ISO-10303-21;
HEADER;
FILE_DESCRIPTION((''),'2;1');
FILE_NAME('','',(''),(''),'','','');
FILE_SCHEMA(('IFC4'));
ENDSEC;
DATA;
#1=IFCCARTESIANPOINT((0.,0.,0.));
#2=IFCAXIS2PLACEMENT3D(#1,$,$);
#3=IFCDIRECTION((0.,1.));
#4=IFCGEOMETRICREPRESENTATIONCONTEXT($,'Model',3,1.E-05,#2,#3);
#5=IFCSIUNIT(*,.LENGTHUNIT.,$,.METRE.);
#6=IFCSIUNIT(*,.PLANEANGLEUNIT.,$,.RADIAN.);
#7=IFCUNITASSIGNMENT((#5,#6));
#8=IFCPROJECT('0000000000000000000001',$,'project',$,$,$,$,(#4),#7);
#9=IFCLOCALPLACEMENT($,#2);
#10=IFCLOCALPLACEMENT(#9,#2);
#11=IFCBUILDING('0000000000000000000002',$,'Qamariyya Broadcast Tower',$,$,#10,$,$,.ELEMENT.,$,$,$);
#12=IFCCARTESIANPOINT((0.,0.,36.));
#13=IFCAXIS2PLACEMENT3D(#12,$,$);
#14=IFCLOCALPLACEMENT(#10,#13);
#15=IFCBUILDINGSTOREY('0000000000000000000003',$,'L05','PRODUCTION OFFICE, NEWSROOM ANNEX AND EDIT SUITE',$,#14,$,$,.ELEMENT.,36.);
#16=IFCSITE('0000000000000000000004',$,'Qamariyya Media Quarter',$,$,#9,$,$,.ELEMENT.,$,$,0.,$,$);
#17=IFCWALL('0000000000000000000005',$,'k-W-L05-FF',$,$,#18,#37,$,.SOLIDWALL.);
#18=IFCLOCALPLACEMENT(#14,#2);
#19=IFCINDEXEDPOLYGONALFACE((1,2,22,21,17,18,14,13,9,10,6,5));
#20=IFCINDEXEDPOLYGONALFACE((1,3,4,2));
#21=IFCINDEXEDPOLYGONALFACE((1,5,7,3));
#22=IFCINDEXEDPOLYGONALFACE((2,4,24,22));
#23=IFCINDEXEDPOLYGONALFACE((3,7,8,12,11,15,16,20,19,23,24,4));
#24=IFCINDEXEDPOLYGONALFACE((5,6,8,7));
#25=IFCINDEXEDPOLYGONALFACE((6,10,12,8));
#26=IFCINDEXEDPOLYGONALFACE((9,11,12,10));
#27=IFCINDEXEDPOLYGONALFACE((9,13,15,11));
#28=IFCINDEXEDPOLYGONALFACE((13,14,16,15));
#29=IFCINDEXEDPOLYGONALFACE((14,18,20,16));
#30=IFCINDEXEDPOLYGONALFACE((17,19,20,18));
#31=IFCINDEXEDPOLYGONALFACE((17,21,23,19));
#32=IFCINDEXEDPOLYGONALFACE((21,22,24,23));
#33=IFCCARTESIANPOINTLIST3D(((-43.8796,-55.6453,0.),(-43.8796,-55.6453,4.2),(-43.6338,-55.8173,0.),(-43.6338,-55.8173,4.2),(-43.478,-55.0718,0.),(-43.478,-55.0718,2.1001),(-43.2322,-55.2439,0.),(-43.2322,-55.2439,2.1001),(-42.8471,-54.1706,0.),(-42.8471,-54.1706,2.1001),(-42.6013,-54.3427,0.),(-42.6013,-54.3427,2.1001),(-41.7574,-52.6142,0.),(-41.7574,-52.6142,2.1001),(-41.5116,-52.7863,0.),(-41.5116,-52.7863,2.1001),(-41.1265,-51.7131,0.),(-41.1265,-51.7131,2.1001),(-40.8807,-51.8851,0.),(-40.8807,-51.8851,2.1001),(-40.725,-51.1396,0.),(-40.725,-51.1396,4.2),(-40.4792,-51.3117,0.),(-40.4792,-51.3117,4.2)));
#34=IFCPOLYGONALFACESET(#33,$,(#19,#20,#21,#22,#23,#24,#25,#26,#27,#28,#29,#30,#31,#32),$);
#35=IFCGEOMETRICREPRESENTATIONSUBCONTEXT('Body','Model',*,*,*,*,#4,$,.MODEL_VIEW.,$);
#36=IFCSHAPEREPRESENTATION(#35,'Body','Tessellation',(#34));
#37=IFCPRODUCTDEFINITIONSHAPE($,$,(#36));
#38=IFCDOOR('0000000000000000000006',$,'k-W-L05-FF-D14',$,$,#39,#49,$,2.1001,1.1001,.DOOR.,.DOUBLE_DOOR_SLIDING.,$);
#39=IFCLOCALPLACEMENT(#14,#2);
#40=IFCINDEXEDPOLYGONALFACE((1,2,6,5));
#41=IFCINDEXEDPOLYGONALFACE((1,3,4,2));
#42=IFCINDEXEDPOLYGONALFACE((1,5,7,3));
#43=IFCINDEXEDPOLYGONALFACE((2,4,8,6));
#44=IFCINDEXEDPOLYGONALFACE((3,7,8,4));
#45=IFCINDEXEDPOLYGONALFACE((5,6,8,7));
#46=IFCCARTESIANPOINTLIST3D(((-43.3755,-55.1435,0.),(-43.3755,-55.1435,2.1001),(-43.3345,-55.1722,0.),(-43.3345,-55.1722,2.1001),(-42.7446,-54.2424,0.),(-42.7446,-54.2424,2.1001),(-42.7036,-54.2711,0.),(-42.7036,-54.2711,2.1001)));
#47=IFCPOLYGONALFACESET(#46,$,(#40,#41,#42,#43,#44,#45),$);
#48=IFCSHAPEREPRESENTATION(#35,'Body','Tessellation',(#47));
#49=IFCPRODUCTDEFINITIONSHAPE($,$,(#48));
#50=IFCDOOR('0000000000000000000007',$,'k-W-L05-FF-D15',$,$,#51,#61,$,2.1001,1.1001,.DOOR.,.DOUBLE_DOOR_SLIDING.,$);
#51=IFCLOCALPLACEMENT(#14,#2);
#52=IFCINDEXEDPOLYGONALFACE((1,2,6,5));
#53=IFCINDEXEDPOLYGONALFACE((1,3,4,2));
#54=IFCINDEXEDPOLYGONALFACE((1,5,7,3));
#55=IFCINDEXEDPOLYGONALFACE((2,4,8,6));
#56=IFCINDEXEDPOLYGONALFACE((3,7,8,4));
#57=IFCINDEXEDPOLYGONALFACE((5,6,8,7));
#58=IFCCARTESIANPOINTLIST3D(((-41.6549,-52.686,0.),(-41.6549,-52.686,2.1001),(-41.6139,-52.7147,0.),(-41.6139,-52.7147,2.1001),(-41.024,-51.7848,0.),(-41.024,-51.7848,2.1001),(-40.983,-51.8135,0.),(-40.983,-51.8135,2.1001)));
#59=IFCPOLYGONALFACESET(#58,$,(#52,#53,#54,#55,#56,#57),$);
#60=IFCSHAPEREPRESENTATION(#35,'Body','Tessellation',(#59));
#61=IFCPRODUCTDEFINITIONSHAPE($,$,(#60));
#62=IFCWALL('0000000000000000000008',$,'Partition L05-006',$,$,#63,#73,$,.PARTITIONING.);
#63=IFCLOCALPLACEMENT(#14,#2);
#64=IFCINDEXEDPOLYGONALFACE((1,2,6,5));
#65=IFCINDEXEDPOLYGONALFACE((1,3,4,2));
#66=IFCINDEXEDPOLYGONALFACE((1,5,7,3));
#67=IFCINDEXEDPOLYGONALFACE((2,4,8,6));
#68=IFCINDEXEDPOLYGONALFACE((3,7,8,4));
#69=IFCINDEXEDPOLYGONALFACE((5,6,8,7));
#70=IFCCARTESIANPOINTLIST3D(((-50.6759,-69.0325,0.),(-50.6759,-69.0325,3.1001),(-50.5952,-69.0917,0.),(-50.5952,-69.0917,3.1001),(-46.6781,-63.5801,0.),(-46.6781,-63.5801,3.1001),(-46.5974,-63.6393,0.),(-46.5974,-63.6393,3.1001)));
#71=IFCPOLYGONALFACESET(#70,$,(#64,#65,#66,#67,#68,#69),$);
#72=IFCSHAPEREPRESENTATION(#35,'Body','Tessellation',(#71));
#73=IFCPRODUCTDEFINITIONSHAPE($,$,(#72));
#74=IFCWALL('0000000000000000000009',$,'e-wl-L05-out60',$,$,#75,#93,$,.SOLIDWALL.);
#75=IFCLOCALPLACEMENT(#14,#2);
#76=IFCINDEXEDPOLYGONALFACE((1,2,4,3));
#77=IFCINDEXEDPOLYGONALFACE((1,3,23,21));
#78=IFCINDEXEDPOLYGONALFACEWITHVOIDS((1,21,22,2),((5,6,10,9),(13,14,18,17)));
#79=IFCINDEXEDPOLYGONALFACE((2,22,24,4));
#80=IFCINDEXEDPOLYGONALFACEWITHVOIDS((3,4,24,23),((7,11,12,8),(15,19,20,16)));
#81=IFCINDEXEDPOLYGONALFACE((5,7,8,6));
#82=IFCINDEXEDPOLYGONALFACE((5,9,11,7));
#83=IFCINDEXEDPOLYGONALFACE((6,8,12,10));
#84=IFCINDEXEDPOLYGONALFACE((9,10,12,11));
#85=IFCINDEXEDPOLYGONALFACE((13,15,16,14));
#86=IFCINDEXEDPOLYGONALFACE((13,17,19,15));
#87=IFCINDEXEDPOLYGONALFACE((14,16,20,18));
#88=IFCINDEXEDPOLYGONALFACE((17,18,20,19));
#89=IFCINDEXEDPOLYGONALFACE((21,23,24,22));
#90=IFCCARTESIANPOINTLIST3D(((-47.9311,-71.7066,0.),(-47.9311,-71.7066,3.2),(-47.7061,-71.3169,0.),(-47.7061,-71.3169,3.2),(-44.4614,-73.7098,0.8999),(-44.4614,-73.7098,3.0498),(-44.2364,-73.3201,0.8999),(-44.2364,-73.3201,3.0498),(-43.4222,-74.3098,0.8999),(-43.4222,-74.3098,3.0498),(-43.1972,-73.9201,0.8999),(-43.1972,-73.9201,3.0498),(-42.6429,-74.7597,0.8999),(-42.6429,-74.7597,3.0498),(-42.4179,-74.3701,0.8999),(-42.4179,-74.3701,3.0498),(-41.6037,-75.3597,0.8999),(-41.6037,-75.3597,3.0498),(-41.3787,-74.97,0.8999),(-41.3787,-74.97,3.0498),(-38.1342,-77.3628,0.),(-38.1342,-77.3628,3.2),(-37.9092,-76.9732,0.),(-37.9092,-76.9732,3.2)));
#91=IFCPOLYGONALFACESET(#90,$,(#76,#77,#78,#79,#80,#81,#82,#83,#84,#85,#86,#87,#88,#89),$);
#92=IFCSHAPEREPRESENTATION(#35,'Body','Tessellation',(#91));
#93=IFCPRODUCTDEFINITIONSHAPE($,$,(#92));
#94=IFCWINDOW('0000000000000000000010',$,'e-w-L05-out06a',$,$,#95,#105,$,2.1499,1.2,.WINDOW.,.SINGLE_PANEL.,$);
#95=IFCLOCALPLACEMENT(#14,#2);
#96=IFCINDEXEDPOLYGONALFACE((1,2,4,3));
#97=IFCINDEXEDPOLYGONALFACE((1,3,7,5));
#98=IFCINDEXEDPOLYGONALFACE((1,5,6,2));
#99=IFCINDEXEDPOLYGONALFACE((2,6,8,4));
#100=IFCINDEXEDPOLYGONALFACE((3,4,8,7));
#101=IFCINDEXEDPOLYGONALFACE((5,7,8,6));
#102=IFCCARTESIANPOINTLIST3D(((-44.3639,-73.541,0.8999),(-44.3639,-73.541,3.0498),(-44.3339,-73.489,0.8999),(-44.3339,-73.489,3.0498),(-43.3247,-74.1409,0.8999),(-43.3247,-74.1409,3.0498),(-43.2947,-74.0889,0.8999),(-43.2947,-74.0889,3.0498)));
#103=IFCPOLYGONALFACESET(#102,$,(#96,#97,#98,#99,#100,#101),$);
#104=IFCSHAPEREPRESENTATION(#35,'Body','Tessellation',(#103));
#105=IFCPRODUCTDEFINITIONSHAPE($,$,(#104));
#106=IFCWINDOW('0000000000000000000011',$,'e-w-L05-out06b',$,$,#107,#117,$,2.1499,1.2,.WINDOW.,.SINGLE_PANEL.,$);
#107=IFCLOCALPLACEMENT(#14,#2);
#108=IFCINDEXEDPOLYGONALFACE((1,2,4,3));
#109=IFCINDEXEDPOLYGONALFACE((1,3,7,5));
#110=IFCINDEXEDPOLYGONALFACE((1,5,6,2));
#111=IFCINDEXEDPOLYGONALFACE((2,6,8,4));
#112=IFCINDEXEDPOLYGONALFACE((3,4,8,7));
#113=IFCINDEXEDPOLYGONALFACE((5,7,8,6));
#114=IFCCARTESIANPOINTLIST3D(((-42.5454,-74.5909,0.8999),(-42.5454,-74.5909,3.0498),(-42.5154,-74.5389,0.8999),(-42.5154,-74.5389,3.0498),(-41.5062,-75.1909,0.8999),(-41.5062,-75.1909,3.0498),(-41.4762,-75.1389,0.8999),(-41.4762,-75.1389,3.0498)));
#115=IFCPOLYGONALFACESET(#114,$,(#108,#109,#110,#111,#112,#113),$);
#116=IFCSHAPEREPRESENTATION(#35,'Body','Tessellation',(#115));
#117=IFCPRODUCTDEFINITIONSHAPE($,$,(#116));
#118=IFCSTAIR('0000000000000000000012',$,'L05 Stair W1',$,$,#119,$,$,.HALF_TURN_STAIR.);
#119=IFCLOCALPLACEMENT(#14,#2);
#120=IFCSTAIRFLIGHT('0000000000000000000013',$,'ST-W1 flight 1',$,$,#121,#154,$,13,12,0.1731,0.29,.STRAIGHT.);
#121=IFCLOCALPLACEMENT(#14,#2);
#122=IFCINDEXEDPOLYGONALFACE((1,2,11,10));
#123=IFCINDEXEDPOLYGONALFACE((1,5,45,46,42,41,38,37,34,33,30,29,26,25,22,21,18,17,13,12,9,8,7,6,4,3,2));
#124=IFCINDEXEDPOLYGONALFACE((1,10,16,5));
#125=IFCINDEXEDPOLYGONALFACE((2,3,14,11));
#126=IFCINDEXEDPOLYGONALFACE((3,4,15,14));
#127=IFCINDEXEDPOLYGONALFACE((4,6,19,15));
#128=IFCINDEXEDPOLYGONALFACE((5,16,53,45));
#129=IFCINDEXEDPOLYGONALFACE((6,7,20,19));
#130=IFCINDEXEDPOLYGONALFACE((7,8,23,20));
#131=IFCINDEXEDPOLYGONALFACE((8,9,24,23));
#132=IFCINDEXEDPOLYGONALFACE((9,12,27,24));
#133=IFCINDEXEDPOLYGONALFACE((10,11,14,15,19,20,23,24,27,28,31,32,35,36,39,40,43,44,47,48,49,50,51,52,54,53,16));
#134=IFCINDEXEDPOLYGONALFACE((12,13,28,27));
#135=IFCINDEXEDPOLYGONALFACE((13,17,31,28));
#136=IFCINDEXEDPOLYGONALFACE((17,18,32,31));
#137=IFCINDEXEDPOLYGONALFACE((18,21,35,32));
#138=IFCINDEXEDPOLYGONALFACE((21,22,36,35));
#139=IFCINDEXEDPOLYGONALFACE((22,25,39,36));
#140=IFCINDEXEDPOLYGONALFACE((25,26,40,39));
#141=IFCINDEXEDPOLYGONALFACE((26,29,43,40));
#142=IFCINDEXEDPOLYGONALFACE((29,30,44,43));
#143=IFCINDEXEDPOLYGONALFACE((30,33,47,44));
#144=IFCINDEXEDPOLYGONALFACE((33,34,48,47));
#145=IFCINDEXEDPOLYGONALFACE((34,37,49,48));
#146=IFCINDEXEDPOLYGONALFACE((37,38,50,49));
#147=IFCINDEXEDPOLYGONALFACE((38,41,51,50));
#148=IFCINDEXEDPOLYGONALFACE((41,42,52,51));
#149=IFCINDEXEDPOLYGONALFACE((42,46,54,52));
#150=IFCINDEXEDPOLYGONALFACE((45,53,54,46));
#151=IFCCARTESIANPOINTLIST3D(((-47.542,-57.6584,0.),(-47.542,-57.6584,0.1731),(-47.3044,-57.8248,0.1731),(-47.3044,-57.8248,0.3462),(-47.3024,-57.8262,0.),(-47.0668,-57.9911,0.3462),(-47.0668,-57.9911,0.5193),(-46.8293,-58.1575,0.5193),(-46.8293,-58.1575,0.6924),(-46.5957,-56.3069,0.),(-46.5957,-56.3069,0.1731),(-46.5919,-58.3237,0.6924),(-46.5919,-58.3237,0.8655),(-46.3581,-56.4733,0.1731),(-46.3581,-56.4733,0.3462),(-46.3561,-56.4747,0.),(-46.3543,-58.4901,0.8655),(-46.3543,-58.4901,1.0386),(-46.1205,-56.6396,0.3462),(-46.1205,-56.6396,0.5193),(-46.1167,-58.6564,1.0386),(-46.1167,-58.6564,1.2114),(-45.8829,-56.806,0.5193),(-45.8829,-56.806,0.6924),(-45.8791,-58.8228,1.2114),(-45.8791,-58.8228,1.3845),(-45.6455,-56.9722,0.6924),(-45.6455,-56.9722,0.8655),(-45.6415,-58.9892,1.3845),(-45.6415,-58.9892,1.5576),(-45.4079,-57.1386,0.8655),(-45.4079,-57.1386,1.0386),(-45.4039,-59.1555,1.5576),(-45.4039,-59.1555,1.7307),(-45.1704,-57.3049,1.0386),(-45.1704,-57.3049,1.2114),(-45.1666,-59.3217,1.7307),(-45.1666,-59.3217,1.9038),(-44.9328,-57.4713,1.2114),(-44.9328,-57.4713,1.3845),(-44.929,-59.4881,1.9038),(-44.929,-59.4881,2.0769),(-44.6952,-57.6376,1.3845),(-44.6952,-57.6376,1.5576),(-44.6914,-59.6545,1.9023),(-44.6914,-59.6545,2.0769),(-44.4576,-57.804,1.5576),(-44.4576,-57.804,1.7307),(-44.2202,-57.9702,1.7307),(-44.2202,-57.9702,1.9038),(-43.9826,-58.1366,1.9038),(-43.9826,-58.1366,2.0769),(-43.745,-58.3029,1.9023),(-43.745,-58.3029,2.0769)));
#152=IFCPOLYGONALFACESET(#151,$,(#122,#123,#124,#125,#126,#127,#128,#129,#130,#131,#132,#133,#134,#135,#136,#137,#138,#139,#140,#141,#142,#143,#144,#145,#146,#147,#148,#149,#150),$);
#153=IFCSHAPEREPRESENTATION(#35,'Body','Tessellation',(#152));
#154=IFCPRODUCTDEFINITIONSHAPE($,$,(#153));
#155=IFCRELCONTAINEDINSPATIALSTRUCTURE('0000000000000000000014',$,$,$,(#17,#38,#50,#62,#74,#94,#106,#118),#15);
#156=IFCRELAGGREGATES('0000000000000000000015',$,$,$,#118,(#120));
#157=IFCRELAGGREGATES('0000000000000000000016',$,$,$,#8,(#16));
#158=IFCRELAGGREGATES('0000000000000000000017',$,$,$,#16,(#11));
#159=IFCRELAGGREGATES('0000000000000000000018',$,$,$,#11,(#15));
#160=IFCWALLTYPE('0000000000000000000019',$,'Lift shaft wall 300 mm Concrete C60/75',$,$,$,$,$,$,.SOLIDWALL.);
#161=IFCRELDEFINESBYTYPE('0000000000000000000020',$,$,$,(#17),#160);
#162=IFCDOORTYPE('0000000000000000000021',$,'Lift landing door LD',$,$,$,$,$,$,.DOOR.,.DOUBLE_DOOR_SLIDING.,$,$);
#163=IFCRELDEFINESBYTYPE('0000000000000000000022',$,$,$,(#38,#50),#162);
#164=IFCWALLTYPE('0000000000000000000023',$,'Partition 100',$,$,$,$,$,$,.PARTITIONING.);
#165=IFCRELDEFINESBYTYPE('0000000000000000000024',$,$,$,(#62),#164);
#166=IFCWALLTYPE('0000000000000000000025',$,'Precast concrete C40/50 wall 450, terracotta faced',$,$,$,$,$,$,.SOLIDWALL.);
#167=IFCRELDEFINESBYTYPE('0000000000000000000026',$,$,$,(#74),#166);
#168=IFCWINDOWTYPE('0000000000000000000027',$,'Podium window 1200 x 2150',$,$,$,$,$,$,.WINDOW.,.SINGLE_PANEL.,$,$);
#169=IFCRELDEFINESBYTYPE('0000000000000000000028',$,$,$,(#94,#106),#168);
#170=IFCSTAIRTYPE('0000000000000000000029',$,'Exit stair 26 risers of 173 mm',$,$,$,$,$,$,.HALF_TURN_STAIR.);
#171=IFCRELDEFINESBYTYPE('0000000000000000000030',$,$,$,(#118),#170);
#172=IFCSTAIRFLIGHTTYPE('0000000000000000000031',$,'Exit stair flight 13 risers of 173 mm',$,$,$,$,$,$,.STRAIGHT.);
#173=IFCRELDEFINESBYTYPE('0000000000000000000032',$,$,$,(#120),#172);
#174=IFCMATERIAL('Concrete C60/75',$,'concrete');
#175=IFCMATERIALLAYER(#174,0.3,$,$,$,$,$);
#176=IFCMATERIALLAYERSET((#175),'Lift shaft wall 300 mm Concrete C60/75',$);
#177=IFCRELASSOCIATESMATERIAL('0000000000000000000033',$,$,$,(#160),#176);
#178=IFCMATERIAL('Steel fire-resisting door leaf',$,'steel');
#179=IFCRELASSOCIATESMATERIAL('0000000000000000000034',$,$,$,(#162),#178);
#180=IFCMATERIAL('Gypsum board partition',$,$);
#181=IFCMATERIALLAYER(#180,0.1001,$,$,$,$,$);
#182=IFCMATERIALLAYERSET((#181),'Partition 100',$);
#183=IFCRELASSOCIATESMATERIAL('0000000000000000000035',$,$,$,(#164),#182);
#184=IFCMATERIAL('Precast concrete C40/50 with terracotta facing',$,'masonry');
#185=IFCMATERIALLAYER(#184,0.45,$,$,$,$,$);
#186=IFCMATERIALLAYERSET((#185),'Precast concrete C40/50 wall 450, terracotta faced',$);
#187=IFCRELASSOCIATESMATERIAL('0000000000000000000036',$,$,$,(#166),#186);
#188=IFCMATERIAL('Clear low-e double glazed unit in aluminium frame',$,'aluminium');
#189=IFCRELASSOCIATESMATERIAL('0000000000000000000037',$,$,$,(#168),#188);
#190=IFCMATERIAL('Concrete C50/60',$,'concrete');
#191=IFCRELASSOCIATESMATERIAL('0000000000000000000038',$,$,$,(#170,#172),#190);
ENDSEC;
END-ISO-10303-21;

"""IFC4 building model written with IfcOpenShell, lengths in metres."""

from ifc_helpers import new_model, si_unit, direction, frame, frame_2d, origin, place, context, subcontext, project, spatial, polyline, rectangle, outline, extrude, material, layer, layer_set, type_object, element, fill, aggregate, save


model = new_model("IFC4")

# Units and contexts
model_context = context("Model", 3, precision=1e-05, world=origin(), true_north=direction((0.0, 1.0)))
body_context = subcontext(model_context, "Body", "Model", "MODEL_VIEW")
ifc_project = project(units=[si_unit("LENGTHUNIT", "METRE"), si_unit("PLANEANGLEUNIT", "RADIAN")], contexts=[model_context])

# Site, building, storey
site_placement = place(None, origin())
site = spatial("IfcSite", under=ifc_project, at=site_placement, Name="Qamariyya Media Quarter", CompositionType="ELEMENT", RefElevation=0.0)
building_placement = place(site_placement, origin())
building = spatial("IfcBuilding", under=site, at=building_placement, Name="Qamariyya Broadcast Tower", CompositionType="ELEMENT")
storey_placement = place(building_placement, frame((0.0, 0.0, 36.0)))
storey = spatial("IfcBuildingStorey", under=building, at=storey_placement, Name="L05", Description="PRODUCTION OFFICE, NEWSROOM ANNEX AND EDIT SUITE", CompositionType="ELEMENT", Elevation=36.0)

# Shared definitions
ifc_material_1 = material(Name="Concrete C50/60", Category="concrete")

# Shared definitions
ifc_material_2 = material(Name="Steel fire-resisting door leaf", Category="steel")
ifc_material_3 = material(Name="Gypsum board partition")

# Wall, openings, doors
ifc_material_4 = material(Name="Concrete C60/75", Category="concrete")
ifc_layer_1 = layer(ifc_material_4, 0.3)
ifc_layer_set_1 = layer_set([ifc_layer_1], Name="Lift shaft wall 300 mm Concrete C60/75")
wall_type_1 = type_object("IfcWallType", Name="Lift shaft wall 300 mm Concrete C60/75", PredefinedType="SOLIDWALL", material=ifc_layer_set_1)
wall_1_placement = place(storey_placement, frame((-43.7566, -55.7312, 0.0), z_axis=(0.0, 0.0, 1.0), x_axis=(0.573537, 0.81918, 0.0)))
wall_1 = element("IfcWall", 1, at=wall_1_placement, inside=storey, type_object=wall_type_1, Name="k-W-L05-FF", PredefinedType="SOLIDWALL", context=body_context, shape_type="SweptSolid", body=[
    extrude(rectangle(XDim=5.5002, YDim=0.3, at=frame_2d((2.75, 0.0))), origin(), (0.0, 0.0, 1.0), 4.2),
])
opening_1_placement = place(wall_1_placement, frame((0.7, 0.0, 0.0)))
opening_1 = element("IfcOpeningElement", 2, at=opening_1_placement, cuts=wall_1, PredefinedType="OPENING", context=body_context, shape_type="SweptSolid", body=[
    extrude(rectangle(XDim=1.1001, YDim=2.1001, at=frame_2d((0.55, 1.05))), frame((0.0, 0.1599, 0.0), z_axis=(0.0, -1.0, 0.0), x_axis=(1.0, 0.0, 0.0)), (0.0, 0.0, 1.0), 0.3201),
])
opening_2_placement = place(wall_1_placement, frame((3.7, 0.0, 0.0)))
opening_2 = element("IfcOpeningElement", 3, at=opening_2_placement, cuts=wall_1, PredefinedType="OPENING", context=body_context, shape_type="SweptSolid", body=[
    extrude(rectangle(XDim=1.1001, YDim=2.1001, at=frame_2d((0.55, 1.05))), frame((0.0, 0.1599, 0.0), z_axis=(0.0, -1.0, 0.0), x_axis=(1.0, 0.0, 0.0)), (0.0, 0.0, 1.0), 0.3201),
])
door_type_1 = type_object("IfcDoorType", Name="Lift landing door LD", OperationType="DOUBLE_DOOR_SLIDING", PredefinedType="DOOR", material=ifc_material_2)
door_1_placement = place(opening_1_placement, origin())
door_1 = element("IfcDoor", 4, at=door_1_placement, inside=storey, type_object=door_type_1, Name="k-W-L05-FF-D14", OperationType="DOUBLE_DOOR_SLIDING", OverallHeight=2.1001, OverallWidth=1.1001, PredefinedType="DOOR", context=body_context, shape_type="SweptSolid", body=[
    extrude(rectangle(XDim=1.1001, YDim=2.1001, at=frame_2d((0.55, 1.05))), frame((0.0, 0.0249, 0.0), z_axis=(0.0, -1.0, 0.0), x_axis=(1.0, 0.0, 0.0)), (0.0, 0.0, 1.0), 0.05),
])
fill(opening_1, door_1)
door_2_placement = place(opening_2_placement, origin())
door_2 = element("IfcDoor", 5, at=door_2_placement, inside=storey, type_object=door_type_1, Name="k-W-L05-FF-D15", OperationType="DOUBLE_DOOR_SLIDING", OverallHeight=2.1001, OverallWidth=1.1001, PredefinedType="DOOR", context=body_context, shape_type="SweptSolid", body=[
    extrude(rectangle(XDim=1.1001, YDim=2.1001, at=frame_2d((0.55, 1.05))), frame((0.0, 0.0249, 0.0), z_axis=(0.0, -1.0, 0.0), x_axis=(1.0, 0.0, 0.0)), (0.0, 0.0, 1.0), 0.05),
])
fill(opening_2, door_2)

# Wall
ifc_layer_2 = layer(ifc_material_3, 0.1001)
ifc_layer_set_2 = layer_set([ifc_layer_2], Name="Partition 100")
wall_type_2 = type_object("IfcWallType", Name="Partition 100", PredefinedType="PARTITIONING", material=ifc_layer_set_2)
wall_2_placement = place(storey_placement, frame((-50.6355, -69.062, 0.0), z_axis=(0.0, 0.0, 1.0), x_axis=(0.591304, 0.806449, 0.0)))
element("IfcWall", 6, at=wall_2_placement, inside=storey, type_object=wall_type_2, Name="Partition L05-006", PredefinedType="PARTITIONING", context=body_context, shape_type="SweptSolid", body=[
    extrude(rectangle(XDim=6.761, YDim=0.1001, at=frame_2d((3.3804, 0.0))), origin(), (0.0, 0.0, 1.0), 3.1001),
])

# Wall, openings, windows
ifc_material_5 = material(Name="Precast concrete C40/50 with terracotta facing", Category="masonry")
ifc_layer_3 = layer(ifc_material_5, 0.45)
ifc_layer_set_3 = layer_set([ifc_layer_3], Name="Precast concrete C40/50 wall 450, terracotta faced")
wall_type_3 = type_object("IfcWallType", Name="Precast concrete C40/50 wall 450, terracotta faced", PredefinedType="SOLIDWALL", material=ifc_layer_set_3)
wall_3_placement = place(storey_placement, frame((-47.8186, -71.5117, 0.0), z_axis=(0.0, 0.0, 1.0), x_axis=(0.866025, -0.500001, 0.0)))
wall_3 = element("IfcWall", 7, at=wall_3_placement, inside=storey, type_object=wall_type_3, Name="e-wl-L05-out60", PredefinedType="SOLIDWALL", context=body_context, shape_type="SweptSolid", body=[
    extrude(rectangle(XDim=11.3125, YDim=0.45, at=frame_2d((5.6562, 0.0))), origin(), (0.0, 0.0, 1.0), 3.2),
])
opening_3_placement = place(wall_3_placement, frame((4.0063, 0.0, 0.8999)))
opening_3 = element("IfcOpeningElement", 8, at=opening_3_placement, cuts=wall_3, PredefinedType="OPENING", context=body_context, shape_type="SweptSolid", body=[
    extrude(rectangle(XDim=1.2, YDim=2.1499, at=frame_2d((0.6001, 1.075))), frame((0.0, 0.2349, 0.0), z_axis=(0.0, -1.0, 0.0), x_axis=(1.0, 0.0, 0.0)), (0.0, 0.0, 1.0), 0.47),
])
opening_4_placement = place(wall_3_placement, frame((6.1062, 0.0, 0.8999)))
opening_4 = element("IfcOpeningElement", 9, at=opening_4_placement, cuts=wall_3, PredefinedType="OPENING", context=body_context, shape_type="SweptSolid", body=[
    extrude(rectangle(XDim=1.2, YDim=2.1499, at=frame_2d((0.6001, 1.075))), frame((0.0, 0.2349, 0.0), z_axis=(0.0, -1.0, 0.0), x_axis=(1.0, 0.0, 0.0)), (0.0, 0.0, 1.0), 0.47),
])
ifc_material_6 = material(Name="Clear low-e double glazed unit in aluminium frame", Category="aluminium")
window_type = type_object("IfcWindowType", Name="Podium window 1200 x 2150", PartitioningType="SINGLE_PANEL", PredefinedType="WINDOW", material=ifc_material_6)
window_1_placement = place(opening_3_placement, origin())
window_1 = element("IfcWindow", 10, at=window_1_placement, inside=storey, type_object=window_type, Name="e-w-L05-out06a", OverallHeight=2.1499, OverallWidth=1.2, PartitioningType="SINGLE_PANEL", PredefinedType="WINDOW", context=body_context, shape_type="SweptSolid", body=[
    extrude(rectangle(XDim=1.2, YDim=2.1499, at=frame_2d((0.6001, 1.075))), frame((0.0, 0.03, 0.0), z_axis=(0.0, -1.0, 0.0), x_axis=(1.0, 0.0, 0.0)), (0.0, 0.0, 1.0), 0.0601),
])
fill(opening_3, window_1)
window_2_placement = place(opening_4_placement, origin())
window_2 = element("IfcWindow", 11, at=window_2_placement, inside=storey, type_object=window_type, Name="e-w-L05-out06b", OverallHeight=2.1499, OverallWidth=1.2, PartitioningType="SINGLE_PANEL", PredefinedType="WINDOW", context=body_context, shape_type="SweptSolid", body=[
    extrude(rectangle(XDim=1.2, YDim=2.1499, at=frame_2d((0.6001, 1.075))), frame((0.0, 0.03, 0.0), z_axis=(0.0, -1.0, 0.0), x_axis=(1.0, 0.0, 0.0)), (0.0, 0.0, 1.0), 0.0601),
])
fill(opening_4, window_2)

# Stair, stair flight
stair_type = type_object("IfcStairType", Name="Exit stair 26 risers of 173 mm", PredefinedType="HALF_TURN_STAIR", material=ifc_material_1)
stair_placement = place(storey_placement, origin())
stair = element("IfcStair", 12, at=stair_placement, inside=storey, type_object=stair_type, Name="L05 Stair W1", PredefinedType="HALF_TURN_STAIR")
stair_flight_type = type_object("IfcStairFlightType", Name="Exit stair flight 13 risers of 173 mm", PredefinedType="STRAIGHT", material=ifc_material_1)
stair_flight_placement = place(storey_placement, frame((-47.0688, -56.9827, 0.0), z_axis=(0.0, 0.0, 1.0), x_axis=(0.819152, -0.573576, 0.0)))
stair_flight = element("IfcStairFlight", 13, at=stair_flight_placement, type_object=stair_flight_type, Name="ST-W1 flight 1", NumberOfRisers=13, NumberOfTreads=12, PredefinedType="STRAIGHT", RiserHeight=0.1731, TreadLength=0.29, context=body_context, shape_type="SweptSolid", body=[
    extrude(outline(polyline([(0.0, 0.0), (0.0, 0.1731), (0.29, 0.1731), (0.29, 0.3462), (0.5801, 0.3462), (0.5801, 0.5193), (0.8701, 0.5193), (0.8701, 0.6924), (1.1599, 0.6924), (1.1599, 0.8655), (1.45, 0.8655), (1.45, 1.0386), (1.74, 1.0386), (1.74, 1.2114), (2.03, 1.2114), (2.03, 1.3845), (2.3201, 1.3845), (2.3201, 1.5576), (2.6101, 1.5576), (2.6101, 1.7307), (2.8999, 1.7307), (2.8999, 1.9038), (3.1899, 1.9038), (3.1899, 2.0769), (3.48, 2.0769), (3.48, 2.25), (3.48, 1.9023), (0.2925, 0.0), (0.0, 0.0)])), frame((0.0, 0.825, 0.0), z_axis=(0.0, -1.0, 0.0), x_axis=(1.0, 0.0, 0.0)), (0.0, 0.0, 1.0), 1.6499),
])
aggregate(stair, [stair_flight])

save(model, "model.ifc")
